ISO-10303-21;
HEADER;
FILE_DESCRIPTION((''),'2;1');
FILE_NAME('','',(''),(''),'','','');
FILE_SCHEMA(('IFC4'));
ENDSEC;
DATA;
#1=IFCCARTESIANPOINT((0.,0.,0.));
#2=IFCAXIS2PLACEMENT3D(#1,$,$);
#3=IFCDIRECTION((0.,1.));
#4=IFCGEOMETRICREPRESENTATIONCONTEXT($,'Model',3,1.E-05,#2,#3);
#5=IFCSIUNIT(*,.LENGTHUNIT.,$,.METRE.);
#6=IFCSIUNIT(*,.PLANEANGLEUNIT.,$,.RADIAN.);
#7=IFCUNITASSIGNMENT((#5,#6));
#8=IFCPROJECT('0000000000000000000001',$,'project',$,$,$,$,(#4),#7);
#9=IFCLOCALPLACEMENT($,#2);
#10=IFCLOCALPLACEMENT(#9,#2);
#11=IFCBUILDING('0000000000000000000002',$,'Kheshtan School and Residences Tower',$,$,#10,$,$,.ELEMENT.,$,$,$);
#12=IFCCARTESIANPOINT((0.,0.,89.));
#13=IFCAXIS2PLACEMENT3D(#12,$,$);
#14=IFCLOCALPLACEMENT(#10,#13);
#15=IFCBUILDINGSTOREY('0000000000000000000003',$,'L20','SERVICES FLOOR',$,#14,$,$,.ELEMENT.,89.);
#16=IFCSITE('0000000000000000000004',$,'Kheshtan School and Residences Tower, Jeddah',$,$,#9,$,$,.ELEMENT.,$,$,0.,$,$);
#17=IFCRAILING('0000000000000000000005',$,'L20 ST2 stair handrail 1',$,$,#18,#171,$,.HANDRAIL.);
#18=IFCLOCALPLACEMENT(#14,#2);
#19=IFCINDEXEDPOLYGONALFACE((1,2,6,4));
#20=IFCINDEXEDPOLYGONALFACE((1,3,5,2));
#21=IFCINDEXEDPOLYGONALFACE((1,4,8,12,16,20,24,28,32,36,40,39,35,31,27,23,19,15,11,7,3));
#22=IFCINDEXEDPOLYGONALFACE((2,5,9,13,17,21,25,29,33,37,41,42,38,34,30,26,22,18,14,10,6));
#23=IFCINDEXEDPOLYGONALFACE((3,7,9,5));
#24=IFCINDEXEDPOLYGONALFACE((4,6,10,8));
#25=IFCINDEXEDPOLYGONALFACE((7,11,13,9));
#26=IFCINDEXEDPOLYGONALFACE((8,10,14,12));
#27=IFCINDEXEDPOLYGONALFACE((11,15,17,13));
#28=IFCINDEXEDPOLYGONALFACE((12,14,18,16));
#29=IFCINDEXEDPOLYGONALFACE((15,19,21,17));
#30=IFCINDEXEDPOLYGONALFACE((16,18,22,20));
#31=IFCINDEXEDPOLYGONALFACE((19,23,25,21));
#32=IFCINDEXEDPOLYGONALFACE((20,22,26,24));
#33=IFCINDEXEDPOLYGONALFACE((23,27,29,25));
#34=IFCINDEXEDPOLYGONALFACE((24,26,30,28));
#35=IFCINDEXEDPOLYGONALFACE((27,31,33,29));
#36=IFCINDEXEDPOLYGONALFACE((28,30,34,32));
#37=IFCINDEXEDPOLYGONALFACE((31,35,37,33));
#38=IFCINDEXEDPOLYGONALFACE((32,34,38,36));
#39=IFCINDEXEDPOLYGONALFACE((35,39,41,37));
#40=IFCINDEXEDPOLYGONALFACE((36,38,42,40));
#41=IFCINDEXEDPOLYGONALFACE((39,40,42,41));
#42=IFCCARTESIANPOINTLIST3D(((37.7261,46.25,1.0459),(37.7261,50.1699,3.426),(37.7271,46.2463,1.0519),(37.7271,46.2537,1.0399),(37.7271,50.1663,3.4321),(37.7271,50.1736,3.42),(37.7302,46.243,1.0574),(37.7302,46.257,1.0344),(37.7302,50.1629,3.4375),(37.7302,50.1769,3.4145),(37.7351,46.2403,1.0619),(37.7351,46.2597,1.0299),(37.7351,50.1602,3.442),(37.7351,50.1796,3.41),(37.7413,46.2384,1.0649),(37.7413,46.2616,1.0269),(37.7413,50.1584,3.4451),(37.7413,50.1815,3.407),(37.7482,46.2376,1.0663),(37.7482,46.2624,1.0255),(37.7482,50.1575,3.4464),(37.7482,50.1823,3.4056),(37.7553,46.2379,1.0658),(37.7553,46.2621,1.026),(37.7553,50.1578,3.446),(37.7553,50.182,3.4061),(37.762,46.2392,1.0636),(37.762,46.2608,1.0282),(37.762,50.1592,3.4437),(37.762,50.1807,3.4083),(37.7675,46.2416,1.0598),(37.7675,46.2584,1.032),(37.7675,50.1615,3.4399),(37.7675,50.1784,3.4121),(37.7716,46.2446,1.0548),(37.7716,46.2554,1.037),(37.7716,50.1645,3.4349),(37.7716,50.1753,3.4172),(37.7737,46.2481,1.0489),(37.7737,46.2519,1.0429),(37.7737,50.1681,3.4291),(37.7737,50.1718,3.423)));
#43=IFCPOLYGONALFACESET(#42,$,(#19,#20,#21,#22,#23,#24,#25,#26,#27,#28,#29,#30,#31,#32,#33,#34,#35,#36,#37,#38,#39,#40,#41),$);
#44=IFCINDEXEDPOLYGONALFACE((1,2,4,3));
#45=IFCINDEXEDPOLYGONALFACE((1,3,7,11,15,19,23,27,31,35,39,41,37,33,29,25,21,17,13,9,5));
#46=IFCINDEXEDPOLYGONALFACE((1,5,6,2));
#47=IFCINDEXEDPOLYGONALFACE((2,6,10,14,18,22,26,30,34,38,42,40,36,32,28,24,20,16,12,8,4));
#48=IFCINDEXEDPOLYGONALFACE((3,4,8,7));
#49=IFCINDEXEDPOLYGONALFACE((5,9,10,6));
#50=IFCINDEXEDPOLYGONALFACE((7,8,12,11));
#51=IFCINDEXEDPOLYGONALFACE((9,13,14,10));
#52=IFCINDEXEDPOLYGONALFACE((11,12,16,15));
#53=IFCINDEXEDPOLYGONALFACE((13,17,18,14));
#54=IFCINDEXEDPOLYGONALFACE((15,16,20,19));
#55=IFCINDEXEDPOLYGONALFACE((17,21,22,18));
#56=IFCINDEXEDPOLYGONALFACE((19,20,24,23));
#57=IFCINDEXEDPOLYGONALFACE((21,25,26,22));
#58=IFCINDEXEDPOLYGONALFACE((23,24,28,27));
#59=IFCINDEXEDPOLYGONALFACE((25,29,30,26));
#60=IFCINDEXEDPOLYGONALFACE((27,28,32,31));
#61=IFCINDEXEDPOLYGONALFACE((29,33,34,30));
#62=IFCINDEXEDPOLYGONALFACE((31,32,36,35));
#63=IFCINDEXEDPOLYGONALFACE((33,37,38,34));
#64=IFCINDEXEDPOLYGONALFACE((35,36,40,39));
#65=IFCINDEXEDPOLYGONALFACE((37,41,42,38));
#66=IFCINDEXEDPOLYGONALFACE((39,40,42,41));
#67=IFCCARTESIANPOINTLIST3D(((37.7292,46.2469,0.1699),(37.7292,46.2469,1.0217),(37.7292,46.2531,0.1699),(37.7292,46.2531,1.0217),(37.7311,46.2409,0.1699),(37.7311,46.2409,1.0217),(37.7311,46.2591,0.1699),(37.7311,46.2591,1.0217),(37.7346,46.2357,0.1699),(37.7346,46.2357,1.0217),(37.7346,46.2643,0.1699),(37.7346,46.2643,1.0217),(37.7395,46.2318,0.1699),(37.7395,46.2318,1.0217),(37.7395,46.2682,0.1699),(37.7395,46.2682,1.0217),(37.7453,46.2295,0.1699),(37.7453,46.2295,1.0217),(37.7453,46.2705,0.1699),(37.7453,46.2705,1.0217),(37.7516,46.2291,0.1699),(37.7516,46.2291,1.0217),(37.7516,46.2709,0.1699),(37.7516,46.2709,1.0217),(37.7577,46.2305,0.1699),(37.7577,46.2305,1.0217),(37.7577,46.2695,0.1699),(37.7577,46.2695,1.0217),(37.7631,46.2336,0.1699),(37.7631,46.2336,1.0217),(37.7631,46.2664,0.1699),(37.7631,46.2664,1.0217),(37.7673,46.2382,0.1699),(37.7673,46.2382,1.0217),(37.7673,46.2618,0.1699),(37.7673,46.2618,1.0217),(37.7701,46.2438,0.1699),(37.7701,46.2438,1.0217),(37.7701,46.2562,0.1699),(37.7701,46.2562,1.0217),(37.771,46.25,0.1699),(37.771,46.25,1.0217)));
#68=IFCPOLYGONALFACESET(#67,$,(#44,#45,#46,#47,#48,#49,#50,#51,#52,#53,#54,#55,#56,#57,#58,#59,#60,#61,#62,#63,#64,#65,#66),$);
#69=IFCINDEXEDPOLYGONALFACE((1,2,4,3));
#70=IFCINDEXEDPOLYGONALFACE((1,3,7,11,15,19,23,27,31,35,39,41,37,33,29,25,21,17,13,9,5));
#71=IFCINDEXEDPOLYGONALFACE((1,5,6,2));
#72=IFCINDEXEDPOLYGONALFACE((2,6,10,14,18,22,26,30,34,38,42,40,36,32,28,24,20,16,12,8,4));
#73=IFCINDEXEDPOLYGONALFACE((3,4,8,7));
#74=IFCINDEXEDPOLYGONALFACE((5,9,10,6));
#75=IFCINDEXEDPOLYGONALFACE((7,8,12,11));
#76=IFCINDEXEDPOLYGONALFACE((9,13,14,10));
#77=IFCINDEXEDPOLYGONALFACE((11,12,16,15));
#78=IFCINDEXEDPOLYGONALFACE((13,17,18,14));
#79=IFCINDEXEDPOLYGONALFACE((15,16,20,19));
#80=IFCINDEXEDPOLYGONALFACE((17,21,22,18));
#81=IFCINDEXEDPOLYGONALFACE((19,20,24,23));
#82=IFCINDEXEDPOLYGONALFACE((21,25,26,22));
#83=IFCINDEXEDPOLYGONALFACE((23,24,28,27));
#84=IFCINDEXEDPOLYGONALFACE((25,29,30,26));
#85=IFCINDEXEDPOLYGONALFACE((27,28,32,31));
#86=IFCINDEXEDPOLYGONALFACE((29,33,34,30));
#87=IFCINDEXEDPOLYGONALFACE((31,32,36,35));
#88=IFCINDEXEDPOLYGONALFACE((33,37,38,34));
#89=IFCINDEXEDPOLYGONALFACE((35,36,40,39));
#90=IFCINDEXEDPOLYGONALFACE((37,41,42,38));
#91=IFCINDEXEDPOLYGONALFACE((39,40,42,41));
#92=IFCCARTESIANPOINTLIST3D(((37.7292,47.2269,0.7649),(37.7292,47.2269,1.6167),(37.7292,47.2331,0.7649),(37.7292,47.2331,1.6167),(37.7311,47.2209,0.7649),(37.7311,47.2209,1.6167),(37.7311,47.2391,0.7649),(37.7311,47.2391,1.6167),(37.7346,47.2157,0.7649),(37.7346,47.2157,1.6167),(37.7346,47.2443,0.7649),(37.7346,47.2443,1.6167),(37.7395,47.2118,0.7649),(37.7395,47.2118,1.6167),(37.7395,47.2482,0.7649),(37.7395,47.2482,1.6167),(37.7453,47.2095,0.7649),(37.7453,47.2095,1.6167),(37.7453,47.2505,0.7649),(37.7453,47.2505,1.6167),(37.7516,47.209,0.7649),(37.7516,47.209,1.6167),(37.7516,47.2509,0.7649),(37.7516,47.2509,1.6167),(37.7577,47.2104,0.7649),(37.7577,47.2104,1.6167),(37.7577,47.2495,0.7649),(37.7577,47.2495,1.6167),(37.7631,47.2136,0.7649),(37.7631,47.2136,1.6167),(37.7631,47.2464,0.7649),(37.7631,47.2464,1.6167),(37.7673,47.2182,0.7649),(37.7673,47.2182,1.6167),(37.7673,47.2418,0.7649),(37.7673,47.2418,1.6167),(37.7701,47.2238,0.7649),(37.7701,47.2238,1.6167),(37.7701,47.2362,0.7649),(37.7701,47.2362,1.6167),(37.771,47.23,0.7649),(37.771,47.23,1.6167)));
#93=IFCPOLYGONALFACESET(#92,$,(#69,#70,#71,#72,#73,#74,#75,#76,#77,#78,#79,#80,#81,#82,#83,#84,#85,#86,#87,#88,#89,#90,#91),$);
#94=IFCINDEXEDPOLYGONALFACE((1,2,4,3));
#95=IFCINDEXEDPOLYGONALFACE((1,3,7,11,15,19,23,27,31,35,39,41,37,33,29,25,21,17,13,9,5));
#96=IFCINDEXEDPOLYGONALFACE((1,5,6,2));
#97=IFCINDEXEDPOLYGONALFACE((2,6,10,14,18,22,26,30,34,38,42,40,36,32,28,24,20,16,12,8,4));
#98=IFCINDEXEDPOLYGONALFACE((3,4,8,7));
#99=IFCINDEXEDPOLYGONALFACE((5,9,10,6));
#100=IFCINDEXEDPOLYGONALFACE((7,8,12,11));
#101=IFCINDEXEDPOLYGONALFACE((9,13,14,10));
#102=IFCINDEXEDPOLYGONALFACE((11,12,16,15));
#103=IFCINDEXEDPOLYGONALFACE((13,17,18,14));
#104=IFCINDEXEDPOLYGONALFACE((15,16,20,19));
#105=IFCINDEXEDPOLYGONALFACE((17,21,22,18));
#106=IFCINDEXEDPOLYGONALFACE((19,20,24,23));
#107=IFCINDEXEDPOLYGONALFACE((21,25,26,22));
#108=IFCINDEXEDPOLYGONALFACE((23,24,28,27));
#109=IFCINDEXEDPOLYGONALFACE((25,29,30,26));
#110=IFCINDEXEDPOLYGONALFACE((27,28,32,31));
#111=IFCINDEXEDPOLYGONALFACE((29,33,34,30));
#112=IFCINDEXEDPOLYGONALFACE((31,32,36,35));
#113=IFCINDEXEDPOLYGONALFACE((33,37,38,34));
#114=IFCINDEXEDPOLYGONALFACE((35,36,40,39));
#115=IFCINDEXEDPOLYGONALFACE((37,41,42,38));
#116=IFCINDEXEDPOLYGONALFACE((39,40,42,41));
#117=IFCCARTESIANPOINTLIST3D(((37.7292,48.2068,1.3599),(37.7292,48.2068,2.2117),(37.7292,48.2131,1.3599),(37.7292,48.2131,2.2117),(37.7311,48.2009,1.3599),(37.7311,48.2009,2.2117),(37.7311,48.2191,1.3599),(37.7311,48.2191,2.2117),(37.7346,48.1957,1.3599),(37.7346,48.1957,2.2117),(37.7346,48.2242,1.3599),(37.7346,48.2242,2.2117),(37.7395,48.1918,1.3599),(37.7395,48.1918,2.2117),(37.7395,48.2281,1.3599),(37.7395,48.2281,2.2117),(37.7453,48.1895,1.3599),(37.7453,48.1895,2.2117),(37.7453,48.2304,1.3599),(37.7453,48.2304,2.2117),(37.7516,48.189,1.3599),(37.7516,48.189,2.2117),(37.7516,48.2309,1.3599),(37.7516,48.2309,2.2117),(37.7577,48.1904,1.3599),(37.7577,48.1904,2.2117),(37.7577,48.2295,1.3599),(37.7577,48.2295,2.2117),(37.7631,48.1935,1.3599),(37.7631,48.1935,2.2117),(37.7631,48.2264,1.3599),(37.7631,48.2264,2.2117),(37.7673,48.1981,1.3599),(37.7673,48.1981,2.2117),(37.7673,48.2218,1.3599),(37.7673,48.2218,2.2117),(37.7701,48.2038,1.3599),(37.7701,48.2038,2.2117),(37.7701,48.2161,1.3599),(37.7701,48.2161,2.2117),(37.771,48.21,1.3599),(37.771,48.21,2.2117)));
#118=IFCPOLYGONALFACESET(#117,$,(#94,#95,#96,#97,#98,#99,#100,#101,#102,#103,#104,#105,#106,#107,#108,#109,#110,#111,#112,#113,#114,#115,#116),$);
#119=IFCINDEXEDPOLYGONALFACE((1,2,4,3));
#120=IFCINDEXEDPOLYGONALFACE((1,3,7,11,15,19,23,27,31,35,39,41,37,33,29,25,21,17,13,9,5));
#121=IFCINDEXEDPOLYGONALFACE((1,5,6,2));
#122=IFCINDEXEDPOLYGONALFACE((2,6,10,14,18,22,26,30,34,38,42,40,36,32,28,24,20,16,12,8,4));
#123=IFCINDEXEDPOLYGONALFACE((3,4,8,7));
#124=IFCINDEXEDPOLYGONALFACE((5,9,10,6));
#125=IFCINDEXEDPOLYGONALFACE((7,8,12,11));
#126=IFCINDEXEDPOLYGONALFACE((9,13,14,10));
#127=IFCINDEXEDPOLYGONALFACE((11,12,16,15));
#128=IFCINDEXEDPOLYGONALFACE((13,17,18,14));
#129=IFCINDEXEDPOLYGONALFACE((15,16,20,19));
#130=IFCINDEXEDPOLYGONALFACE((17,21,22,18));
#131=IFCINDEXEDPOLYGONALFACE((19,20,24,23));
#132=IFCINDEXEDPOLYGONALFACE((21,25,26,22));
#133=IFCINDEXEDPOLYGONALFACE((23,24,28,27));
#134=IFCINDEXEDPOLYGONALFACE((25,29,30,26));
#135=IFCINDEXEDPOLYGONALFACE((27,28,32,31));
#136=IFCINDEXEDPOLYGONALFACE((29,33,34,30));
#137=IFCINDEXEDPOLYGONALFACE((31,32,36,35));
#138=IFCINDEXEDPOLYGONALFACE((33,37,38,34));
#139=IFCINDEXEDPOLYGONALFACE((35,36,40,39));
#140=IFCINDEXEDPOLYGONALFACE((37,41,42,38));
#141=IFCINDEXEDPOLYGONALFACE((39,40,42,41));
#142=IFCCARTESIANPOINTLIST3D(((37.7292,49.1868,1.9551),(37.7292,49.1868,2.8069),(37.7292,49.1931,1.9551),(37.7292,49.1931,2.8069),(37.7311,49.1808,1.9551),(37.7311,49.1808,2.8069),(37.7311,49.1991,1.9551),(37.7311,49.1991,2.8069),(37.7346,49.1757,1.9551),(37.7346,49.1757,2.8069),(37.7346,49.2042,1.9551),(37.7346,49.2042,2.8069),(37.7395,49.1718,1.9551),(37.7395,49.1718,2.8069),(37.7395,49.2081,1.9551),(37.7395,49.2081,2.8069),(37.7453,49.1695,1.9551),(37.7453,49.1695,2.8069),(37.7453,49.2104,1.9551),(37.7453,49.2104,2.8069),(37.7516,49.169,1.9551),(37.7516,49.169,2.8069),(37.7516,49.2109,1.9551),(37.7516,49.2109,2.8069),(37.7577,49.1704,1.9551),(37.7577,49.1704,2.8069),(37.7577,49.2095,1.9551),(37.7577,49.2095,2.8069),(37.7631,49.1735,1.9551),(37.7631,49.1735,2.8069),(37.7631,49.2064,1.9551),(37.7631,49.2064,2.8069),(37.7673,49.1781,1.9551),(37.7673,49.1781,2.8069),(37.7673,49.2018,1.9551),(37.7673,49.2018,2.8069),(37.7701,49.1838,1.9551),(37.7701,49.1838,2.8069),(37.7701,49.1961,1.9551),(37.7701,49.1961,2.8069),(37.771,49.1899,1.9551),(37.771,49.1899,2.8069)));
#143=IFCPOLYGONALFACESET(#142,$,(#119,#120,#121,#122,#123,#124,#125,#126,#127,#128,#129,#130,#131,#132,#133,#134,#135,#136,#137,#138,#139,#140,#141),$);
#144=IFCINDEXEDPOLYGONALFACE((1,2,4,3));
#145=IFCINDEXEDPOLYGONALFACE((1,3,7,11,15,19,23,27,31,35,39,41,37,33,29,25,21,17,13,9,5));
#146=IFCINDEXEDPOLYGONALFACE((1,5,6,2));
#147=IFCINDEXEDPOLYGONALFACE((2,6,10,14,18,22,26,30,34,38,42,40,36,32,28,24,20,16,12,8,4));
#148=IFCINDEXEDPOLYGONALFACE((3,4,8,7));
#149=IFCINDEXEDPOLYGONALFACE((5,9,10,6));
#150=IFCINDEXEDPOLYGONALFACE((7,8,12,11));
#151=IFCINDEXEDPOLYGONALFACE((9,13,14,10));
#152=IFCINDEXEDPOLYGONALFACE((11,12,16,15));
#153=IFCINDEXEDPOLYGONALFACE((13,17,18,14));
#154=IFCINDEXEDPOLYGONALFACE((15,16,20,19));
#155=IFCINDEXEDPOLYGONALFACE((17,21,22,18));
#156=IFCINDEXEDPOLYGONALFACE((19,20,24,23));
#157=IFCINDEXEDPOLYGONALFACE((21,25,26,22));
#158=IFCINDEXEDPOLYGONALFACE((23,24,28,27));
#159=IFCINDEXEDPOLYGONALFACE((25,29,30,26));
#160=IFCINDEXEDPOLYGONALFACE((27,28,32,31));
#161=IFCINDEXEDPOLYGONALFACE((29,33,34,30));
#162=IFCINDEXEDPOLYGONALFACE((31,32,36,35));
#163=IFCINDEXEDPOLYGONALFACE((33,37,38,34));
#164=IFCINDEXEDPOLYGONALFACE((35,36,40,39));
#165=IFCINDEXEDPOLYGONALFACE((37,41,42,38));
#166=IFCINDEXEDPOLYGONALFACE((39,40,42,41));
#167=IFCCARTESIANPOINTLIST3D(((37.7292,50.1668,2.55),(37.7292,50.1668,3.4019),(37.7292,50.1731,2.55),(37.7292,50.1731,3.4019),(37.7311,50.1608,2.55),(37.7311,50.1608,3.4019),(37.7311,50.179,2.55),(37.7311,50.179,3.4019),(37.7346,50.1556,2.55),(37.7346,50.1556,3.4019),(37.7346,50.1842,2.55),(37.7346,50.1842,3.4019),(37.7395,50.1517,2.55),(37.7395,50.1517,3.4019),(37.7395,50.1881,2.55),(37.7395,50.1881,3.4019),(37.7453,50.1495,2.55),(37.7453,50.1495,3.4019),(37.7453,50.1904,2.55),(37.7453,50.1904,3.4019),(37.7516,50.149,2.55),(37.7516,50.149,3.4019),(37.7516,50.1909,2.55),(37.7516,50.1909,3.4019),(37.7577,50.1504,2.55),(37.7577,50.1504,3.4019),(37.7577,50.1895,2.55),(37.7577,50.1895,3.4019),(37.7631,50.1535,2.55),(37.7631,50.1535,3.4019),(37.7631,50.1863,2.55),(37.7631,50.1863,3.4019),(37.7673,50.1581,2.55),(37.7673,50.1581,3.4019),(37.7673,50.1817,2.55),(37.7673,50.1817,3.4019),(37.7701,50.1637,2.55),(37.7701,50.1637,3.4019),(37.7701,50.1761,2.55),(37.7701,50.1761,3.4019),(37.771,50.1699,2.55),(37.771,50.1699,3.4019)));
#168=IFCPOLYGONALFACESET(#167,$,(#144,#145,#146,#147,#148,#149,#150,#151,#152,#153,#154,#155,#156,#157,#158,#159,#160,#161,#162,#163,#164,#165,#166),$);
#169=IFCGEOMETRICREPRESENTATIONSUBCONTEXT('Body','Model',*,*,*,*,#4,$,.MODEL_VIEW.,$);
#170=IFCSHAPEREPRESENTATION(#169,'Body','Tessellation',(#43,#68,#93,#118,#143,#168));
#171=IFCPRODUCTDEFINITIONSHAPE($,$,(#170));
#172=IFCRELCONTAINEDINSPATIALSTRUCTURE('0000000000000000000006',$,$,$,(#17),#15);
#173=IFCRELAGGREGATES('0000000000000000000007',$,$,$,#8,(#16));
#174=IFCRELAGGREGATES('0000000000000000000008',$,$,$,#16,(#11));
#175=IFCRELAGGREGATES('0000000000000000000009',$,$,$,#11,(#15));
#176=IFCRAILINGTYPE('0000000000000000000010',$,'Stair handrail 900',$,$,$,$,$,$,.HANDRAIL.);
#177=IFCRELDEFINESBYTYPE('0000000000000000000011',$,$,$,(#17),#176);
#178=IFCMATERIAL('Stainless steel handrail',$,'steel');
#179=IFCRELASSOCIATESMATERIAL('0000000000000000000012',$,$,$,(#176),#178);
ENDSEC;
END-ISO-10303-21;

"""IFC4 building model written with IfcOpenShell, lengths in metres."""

from ifc_helpers import new_model, si_unit, direction, frame, origin, origin_2d, place, context, subcontext, project, spatial, circle, extrude, material, type_object, element, save


model = new_model("IFC4")

# Units and contexts
model_context = context("Model", 3, precision=1e-05, world=origin(), true_north=direction((0.0, 1.0)))
body_context = subcontext(model_context, "Body", "Model", "MODEL_VIEW")
ifc_project = project(units=[si_unit("LENGTHUNIT", "METRE"), si_unit("PLANEANGLEUNIT", "RADIAN")], contexts=[model_context])

# Site, building, storey
site_placement = place(None, origin())
site = spatial("IfcSite", under=ifc_project, at=site_placement, Name="Kheshtan School and Residences Tower, Jeddah", CompositionType="ELEMENT", RefElevation=0.0)
building_placement = place(site_placement, origin())
building = spatial("IfcBuilding", under=site, at=building_placement, Name="Kheshtan School and Residences Tower", CompositionType="ELEMENT")
storey_placement = place(building_placement, frame((0.0, 0.0, 89.0)))
storey = spatial("IfcBuildingStorey", under=building, at=storey_placement, Name="L20", Description="SERVICES FLOOR", CompositionType="ELEMENT", Elevation=89.0)

# Railing
ifc_material_1 = material(Name="Stainless steel handrail", Category="steel")
railing_type_1 = type_object("IfcRailingType", Name="Stair handrail 900", PredefinedType="HANDRAIL", material=ifc_material_1)
railing_1_placement = place(storey_placement, frame((37.75, 46.25, 0.1699)))
element("IfcRailing", 1, at=railing_1_placement, inside=storey, type_object=railing_type_1, Name="L20 ST2 stair handrail 1", PredefinedType="HANDRAIL", context=body_context, shape_type="SweptSolid", body=[
    extrude(circle(Radius=0.0239, at=origin_2d()), frame((0.0, 0.0, 0.876), z_axis=(0.0, 0.854771, 0.519006), x_axis=(-1.0, 0.0, 0.0)), (0.0, 0.0, 1.0), 4.5859),
    extrude(circle(Radius=0.021, at=origin_2d()), origin(), (0.0, 0.0, 1.0), 0.8518),
    extrude(circle(Radius=0.021, at=origin_2d()), frame((0.0, 0.98, 0.595)), (0.0, 0.0, 1.0), 0.8518),
    extrude(circle(Radius=0.021, at=origin_2d()), frame((0.0, 1.96, 1.1899)), (0.0, 0.0, 1.0), 0.8518),
    extrude(circle(Radius=0.021, at=origin_2d()), frame((0.0, 2.9399, 1.7852)), (0.0, 0.0, 1.0), 0.8518),
    extrude(circle(Radius=0.021, at=origin_2d()), frame((0.0, 3.9199, 2.3801)), (0.0, 0.0, 1.0), 0.8518),
])

save(model, "model.ifc")
